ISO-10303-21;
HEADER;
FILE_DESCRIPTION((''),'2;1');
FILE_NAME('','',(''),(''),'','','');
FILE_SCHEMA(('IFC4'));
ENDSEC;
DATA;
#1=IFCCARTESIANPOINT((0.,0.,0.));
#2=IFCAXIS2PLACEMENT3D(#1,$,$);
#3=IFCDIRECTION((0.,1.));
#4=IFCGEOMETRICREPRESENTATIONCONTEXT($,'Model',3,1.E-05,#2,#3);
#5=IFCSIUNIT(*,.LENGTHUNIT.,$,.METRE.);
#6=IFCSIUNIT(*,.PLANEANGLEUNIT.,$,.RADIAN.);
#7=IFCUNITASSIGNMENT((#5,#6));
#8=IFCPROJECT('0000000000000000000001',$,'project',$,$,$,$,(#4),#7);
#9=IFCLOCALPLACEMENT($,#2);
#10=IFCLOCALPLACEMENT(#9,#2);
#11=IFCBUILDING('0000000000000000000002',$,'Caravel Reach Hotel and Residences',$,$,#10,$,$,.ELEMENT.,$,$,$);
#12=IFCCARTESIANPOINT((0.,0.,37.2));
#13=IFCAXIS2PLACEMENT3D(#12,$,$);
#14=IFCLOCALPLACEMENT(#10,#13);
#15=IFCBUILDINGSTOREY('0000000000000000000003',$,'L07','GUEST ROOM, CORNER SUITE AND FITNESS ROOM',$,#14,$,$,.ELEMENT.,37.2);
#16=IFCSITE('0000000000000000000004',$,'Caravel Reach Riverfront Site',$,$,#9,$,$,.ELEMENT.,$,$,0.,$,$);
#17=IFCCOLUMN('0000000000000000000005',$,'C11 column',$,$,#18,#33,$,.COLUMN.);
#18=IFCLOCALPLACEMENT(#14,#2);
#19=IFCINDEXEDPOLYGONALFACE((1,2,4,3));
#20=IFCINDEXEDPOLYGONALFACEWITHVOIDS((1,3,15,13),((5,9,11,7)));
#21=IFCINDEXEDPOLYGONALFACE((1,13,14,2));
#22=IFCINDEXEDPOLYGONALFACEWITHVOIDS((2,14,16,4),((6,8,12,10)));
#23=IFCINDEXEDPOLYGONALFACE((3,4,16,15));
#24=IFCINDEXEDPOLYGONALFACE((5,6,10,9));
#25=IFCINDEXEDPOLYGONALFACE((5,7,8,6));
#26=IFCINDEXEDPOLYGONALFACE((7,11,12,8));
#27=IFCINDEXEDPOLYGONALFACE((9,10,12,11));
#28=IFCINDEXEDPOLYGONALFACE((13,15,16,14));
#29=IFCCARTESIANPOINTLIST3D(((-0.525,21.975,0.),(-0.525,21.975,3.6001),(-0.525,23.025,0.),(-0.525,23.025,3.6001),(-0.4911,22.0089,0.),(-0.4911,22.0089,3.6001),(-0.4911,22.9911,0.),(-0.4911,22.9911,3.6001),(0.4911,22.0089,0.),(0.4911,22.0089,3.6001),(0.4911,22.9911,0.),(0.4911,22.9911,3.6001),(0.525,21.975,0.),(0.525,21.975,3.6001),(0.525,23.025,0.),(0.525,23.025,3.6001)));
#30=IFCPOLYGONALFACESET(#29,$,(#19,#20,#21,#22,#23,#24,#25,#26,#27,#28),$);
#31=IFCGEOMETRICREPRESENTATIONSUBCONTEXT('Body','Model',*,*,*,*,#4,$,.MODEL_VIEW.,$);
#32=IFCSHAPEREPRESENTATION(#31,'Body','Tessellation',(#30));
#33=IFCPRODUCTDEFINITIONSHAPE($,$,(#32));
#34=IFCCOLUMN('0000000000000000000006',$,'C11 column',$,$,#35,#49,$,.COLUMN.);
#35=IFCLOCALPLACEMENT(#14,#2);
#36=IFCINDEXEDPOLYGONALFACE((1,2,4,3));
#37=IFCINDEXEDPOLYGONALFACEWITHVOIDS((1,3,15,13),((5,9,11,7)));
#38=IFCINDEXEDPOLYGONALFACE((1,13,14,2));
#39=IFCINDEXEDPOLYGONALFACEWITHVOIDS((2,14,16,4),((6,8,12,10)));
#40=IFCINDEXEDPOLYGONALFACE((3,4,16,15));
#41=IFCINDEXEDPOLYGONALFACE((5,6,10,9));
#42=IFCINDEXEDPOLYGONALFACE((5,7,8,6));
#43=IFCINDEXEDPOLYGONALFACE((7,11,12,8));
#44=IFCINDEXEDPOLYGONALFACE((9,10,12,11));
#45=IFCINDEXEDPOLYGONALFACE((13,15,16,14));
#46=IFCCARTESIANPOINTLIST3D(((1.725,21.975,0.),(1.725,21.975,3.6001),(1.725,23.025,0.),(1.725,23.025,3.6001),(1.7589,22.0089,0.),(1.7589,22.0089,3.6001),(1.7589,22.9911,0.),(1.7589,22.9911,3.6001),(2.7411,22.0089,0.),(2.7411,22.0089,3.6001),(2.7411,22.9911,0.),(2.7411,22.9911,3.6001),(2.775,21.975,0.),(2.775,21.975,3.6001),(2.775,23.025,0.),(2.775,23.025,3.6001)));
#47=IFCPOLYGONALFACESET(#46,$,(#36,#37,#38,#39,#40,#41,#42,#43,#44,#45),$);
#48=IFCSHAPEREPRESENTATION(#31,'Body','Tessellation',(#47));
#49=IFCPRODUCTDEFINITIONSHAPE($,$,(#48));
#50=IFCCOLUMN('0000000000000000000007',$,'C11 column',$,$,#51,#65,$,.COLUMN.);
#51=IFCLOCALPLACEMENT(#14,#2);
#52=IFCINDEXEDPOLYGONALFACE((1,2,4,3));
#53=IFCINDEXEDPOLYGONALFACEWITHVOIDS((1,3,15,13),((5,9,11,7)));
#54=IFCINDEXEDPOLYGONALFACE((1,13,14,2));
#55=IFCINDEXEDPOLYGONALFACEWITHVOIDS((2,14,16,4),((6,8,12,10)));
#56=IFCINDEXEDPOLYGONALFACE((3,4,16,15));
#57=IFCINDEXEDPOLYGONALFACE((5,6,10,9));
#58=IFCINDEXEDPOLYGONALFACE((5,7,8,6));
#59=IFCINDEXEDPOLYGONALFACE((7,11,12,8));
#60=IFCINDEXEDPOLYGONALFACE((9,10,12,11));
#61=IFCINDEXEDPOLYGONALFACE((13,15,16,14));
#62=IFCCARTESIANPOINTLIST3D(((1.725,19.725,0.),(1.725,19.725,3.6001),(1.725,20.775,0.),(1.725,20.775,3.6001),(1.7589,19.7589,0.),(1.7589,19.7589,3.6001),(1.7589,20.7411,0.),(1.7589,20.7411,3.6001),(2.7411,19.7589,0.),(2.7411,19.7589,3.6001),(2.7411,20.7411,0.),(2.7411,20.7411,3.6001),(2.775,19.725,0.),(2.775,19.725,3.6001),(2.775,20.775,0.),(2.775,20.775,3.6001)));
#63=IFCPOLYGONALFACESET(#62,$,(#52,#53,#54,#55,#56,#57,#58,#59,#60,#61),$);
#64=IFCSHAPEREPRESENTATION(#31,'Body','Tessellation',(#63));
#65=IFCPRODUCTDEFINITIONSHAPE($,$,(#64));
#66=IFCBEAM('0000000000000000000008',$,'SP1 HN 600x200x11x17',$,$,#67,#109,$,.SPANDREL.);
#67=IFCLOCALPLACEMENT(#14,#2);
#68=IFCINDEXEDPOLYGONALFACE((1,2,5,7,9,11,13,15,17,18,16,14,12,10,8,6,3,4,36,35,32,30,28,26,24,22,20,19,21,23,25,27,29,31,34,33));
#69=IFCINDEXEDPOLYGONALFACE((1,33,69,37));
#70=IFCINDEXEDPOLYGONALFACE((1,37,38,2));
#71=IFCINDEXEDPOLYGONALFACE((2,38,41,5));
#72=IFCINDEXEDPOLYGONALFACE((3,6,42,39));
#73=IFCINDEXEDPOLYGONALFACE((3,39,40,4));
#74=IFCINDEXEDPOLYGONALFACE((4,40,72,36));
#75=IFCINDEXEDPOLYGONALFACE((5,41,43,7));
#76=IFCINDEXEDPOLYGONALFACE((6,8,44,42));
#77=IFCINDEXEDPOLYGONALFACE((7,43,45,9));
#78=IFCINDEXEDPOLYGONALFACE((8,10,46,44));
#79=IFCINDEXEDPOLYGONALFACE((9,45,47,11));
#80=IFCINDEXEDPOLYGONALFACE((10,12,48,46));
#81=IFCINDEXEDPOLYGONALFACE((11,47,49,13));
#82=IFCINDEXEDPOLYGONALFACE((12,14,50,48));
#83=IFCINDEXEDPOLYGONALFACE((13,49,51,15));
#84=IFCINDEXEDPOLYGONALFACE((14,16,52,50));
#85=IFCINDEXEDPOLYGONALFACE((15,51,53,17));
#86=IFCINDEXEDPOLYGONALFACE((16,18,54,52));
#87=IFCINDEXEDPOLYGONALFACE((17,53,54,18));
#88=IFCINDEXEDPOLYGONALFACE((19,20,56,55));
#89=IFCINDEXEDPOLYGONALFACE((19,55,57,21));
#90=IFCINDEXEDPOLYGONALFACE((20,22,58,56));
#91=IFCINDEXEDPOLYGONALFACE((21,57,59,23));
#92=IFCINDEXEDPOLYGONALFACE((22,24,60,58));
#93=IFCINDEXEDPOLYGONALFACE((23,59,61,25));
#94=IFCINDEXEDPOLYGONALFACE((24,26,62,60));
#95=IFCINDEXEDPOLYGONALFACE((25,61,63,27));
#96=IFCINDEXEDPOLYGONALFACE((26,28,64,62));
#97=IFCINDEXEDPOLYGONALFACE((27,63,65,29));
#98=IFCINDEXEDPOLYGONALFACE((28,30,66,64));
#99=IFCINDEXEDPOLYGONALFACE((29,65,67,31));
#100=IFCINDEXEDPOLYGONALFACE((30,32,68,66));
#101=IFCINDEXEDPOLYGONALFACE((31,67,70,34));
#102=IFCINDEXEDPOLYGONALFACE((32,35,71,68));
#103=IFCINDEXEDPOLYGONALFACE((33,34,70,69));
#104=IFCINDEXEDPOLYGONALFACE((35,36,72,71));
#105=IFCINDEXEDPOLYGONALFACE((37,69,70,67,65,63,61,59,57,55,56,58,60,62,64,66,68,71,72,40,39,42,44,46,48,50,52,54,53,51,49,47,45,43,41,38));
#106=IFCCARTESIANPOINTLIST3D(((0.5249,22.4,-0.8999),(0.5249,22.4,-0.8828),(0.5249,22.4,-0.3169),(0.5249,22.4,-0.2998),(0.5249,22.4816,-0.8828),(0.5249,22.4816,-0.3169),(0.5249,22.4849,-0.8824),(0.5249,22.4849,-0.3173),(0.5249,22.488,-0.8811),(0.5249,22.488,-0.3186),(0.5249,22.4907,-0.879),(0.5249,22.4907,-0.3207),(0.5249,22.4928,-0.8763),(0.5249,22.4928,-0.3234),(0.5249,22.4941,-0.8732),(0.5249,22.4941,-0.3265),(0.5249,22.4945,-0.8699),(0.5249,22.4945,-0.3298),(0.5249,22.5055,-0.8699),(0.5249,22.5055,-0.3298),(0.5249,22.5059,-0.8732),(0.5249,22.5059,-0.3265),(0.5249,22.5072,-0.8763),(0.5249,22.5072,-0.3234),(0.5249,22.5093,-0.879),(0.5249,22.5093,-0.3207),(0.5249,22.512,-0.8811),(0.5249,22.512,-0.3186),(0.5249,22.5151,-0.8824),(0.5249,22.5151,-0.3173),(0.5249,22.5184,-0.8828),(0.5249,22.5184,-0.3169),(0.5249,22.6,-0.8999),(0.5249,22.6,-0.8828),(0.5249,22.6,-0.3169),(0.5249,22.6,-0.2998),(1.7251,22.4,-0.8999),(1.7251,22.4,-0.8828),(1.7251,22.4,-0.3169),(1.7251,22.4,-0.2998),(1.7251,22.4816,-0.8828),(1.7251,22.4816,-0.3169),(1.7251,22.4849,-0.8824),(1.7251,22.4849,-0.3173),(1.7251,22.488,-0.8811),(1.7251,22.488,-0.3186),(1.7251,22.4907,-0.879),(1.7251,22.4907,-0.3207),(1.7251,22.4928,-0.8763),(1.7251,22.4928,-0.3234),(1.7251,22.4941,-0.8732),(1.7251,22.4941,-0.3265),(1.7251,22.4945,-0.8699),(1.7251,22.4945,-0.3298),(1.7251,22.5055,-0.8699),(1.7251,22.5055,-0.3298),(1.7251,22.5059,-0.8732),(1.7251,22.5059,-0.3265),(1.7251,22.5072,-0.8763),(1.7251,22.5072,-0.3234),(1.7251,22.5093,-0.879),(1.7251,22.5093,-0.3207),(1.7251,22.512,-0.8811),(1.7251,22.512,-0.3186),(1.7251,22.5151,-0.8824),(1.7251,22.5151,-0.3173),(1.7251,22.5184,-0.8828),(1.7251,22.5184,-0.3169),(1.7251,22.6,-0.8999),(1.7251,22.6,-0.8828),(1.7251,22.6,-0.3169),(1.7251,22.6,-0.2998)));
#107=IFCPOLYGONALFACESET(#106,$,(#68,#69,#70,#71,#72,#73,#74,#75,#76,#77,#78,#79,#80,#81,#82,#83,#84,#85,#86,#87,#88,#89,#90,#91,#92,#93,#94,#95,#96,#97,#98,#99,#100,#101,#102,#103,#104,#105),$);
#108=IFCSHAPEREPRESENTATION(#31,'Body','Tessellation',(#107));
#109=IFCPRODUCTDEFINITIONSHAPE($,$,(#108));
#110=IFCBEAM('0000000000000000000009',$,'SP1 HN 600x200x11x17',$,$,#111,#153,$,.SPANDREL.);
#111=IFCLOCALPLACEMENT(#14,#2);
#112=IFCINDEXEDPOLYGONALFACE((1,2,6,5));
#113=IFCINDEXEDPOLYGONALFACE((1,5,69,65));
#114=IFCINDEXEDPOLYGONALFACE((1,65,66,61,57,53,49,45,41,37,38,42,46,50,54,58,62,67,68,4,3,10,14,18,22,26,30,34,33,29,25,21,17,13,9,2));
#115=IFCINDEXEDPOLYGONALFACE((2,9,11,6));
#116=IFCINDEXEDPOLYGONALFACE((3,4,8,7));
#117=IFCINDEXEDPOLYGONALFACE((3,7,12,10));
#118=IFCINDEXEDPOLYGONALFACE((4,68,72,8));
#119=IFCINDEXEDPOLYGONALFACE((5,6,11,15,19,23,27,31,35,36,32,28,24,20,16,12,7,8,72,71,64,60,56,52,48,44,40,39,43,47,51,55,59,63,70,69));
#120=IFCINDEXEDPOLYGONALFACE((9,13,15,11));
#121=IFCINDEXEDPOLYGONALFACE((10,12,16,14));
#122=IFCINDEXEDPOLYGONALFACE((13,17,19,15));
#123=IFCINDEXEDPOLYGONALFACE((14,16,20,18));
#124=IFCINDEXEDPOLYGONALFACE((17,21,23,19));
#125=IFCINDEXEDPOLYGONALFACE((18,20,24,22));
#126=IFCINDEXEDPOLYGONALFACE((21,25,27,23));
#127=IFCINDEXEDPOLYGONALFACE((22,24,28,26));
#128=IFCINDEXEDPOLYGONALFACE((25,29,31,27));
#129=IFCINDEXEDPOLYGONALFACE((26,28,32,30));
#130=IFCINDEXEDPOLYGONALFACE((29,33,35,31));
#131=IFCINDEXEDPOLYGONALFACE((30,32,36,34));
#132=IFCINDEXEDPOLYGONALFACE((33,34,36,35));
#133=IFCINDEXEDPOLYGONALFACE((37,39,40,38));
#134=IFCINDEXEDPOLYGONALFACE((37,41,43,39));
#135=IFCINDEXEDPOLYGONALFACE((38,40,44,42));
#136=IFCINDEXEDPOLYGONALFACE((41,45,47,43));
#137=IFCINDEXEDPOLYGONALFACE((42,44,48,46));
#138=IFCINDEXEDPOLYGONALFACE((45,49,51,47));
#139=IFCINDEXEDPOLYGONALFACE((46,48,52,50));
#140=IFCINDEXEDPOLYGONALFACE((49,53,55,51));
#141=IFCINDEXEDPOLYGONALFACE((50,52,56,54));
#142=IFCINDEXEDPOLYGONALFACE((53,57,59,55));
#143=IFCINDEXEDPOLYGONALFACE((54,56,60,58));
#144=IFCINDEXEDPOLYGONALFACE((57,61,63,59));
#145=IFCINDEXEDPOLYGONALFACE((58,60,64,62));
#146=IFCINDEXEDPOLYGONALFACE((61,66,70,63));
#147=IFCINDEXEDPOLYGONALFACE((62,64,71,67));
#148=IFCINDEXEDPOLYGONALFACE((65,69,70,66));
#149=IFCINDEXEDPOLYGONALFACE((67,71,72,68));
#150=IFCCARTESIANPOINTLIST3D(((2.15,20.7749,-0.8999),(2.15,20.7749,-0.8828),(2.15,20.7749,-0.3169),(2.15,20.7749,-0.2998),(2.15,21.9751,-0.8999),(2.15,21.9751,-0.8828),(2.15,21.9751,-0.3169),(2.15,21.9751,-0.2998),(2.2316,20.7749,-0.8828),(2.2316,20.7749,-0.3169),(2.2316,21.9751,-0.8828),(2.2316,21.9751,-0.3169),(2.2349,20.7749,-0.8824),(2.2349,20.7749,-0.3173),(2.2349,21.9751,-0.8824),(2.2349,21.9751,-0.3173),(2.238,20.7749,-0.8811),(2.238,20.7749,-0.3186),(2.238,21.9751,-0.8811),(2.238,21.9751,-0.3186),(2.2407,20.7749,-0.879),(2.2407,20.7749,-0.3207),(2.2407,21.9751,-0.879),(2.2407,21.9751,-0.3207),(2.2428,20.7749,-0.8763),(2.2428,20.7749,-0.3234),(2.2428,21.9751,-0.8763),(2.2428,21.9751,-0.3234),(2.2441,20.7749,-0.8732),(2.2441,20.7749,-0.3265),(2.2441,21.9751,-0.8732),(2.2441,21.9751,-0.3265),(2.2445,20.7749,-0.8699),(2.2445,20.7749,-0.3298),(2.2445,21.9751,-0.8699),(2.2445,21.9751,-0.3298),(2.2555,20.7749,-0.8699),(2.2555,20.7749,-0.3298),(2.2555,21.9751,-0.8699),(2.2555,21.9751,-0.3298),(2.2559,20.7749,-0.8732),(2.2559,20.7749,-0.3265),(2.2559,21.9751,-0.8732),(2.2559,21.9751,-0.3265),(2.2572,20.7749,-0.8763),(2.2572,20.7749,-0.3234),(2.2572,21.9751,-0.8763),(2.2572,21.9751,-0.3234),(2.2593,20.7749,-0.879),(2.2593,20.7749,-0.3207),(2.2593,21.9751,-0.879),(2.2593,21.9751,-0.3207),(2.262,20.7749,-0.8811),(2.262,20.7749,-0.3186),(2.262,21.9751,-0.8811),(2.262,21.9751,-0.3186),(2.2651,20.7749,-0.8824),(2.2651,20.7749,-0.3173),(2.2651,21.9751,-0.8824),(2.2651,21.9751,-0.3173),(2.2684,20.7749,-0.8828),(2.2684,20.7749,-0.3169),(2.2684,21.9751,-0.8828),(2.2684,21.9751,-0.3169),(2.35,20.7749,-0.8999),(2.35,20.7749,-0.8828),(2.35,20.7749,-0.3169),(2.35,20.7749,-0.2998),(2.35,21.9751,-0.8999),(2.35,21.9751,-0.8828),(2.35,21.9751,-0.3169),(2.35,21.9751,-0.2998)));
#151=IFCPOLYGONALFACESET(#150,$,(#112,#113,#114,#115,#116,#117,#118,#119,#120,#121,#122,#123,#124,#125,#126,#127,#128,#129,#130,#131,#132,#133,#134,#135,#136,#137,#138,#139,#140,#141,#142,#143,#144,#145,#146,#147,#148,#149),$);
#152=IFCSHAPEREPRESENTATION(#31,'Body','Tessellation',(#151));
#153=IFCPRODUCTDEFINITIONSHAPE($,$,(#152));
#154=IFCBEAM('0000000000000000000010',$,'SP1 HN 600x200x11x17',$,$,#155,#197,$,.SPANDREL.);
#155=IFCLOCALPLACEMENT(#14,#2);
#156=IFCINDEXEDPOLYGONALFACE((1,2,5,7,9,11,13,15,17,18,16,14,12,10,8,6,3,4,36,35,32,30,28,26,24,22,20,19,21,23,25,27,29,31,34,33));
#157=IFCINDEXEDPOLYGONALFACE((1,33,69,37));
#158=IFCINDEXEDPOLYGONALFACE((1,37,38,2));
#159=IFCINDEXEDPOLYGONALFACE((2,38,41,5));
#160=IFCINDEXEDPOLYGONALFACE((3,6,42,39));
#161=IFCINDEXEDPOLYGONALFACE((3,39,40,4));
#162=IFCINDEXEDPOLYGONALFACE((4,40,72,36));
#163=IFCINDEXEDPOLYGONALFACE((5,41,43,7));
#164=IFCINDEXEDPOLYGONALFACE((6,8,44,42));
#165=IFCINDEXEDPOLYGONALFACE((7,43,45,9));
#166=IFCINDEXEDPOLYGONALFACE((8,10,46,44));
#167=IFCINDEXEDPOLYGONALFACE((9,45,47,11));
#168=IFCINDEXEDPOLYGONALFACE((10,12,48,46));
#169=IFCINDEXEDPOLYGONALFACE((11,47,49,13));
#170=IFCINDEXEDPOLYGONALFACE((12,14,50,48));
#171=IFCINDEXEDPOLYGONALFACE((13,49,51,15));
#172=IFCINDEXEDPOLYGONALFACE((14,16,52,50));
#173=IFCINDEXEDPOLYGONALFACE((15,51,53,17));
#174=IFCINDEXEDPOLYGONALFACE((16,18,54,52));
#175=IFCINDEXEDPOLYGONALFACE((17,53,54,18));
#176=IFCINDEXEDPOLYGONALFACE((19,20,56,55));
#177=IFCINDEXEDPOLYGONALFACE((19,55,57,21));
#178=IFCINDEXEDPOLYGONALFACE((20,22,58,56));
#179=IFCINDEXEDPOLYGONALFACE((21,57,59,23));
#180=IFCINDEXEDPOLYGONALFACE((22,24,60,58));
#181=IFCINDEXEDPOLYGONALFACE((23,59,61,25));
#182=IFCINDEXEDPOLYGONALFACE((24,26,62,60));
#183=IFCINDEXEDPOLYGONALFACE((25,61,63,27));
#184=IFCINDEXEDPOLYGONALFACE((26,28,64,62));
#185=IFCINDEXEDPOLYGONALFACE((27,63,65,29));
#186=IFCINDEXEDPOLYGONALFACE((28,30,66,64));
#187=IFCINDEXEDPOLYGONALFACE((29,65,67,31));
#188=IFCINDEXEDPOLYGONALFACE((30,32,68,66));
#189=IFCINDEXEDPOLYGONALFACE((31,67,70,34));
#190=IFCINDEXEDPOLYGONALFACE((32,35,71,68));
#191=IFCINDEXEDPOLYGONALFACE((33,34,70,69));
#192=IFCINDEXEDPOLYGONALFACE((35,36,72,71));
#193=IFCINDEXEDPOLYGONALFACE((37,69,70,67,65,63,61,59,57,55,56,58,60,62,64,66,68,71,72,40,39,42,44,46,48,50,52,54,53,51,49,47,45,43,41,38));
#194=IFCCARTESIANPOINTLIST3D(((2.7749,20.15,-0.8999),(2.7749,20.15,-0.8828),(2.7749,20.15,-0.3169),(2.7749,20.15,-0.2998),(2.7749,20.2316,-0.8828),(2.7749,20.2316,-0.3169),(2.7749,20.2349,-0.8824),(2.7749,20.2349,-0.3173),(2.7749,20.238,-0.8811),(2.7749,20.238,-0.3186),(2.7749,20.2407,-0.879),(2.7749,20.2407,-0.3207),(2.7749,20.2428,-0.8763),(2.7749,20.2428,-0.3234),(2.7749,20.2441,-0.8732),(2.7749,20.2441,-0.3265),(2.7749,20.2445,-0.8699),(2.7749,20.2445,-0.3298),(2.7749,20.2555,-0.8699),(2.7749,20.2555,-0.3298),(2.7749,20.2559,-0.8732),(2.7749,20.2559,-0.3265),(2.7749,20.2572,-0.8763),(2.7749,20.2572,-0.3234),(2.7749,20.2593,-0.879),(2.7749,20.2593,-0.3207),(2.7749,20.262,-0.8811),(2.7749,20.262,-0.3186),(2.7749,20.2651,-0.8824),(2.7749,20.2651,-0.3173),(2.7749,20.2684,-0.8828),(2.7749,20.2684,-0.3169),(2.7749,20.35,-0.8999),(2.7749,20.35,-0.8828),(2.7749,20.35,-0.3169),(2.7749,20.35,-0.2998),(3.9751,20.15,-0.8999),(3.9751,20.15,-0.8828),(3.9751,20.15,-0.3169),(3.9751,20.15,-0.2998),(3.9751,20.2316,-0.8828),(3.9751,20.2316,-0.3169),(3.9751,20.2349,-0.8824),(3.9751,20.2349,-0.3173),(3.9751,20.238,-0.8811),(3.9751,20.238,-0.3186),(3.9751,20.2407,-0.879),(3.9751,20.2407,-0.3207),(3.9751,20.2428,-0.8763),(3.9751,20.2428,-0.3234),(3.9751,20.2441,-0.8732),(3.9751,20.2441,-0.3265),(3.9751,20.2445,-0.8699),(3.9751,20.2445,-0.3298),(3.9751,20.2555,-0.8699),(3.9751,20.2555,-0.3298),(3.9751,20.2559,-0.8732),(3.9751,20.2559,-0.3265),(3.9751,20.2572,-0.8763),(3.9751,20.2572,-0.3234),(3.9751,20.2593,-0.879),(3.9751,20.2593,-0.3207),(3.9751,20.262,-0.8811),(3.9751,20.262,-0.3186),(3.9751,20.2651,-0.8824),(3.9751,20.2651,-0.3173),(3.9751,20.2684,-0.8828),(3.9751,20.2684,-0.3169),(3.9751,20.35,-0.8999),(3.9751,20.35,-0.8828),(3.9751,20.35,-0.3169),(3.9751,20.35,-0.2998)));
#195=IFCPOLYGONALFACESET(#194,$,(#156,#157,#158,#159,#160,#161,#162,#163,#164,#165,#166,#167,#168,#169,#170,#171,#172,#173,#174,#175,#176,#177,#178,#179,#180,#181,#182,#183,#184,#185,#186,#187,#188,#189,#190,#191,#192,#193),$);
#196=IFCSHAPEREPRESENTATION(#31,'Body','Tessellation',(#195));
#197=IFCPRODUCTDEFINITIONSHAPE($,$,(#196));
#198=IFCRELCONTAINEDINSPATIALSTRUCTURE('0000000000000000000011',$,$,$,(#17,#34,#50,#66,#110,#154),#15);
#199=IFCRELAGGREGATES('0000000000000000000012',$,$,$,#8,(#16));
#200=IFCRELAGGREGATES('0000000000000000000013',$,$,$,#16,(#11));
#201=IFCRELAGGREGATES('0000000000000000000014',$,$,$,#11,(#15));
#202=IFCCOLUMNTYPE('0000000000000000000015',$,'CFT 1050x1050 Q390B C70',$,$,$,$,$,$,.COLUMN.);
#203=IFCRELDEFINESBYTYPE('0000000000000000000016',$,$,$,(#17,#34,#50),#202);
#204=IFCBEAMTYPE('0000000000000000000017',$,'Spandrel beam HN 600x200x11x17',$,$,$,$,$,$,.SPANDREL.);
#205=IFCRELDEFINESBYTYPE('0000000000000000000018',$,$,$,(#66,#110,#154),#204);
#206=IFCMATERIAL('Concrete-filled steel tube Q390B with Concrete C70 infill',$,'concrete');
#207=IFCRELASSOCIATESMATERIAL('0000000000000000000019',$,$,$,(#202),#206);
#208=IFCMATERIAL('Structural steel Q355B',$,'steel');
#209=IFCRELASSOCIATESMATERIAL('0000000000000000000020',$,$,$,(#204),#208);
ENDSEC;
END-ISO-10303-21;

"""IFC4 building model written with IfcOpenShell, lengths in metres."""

from ifc_helpers import new_model, si_unit, direction, frame, origin, origin_2d, place, context, subcontext, project, spatial, hollow_rectangle, i_section, extrude, material, material_profile, profile_set, type_object, element, save


model = new_model("IFC4")

# Units and contexts
model_context = context("Model", 3, precision=1e-05, world=origin(), true_north=direction((0.0, 1.0)))
body_context = subcontext(model_context, "Body", "Model", "MODEL_VIEW")
ifc_project = project(units=[si_unit("LENGTHUNIT", "METRE"), si_unit("PLANEANGLEUNIT", "RADIAN")], contexts=[model_context])

# Site, building, storey
site_placement = place(None, origin())
site = spatial("IfcSite", under=ifc_project, at=site_placement, Name="Caravel Reach Riverfront Site", CompositionType="ELEMENT", RefElevation=0.0)
building_placement = place(site_placement, origin())
building = spatial("IfcBuilding", under=site, at=building_placement, Name="Caravel Reach Hotel and Residences", CompositionType="ELEMENT")
storey_placement = place(building_placement, frame((0.0, 0.0, 37.2)))
storey = spatial("IfcBuildingStorey", under=building, at=storey_placement, Name="L07", Description="GUEST ROOM, CORNER SUITE AND FITNESS ROOM", CompositionType="ELEMENT", Elevation=37.2)

# Columns
ifc_material_1 = material(Name="Concrete-filled steel tube Q390B with Concrete C70 infill", Category="concrete")
ifc_material_profile_1 = material_profile(ifc_material_1, hollow_rectangle(XDim=1.05, YDim=1.05, WallThickness=0.0339, at=origin_2d()), Name="RHS 1050x1050x34")
ifc_profile_set_1 = profile_set([ifc_material_profile_1], Name="Concrete-filled steel tube Q390B with Concrete C70 infill")
column_type = type_object("IfcColumnType", Name="CFT 1050x1050 Q390B C70", PredefinedType="COLUMN", material=ifc_profile_set_1)
for number, where, z_axis, x_axis, name in (
    (1, (0.0, 22.5, 0.0), (0.0, 0.0, 1.0), (1.0, 0.0, 0.0), "C11 column"),
    (2, (2.25, 22.5, 0.0), (0.0, 0.0, 1.0), (1.0, 0.0, 0.0), "C11 column"),
    (3, (2.25, 20.25, 0.0), (0.0, 0.0, 1.0), (1.0, 0.0, 0.0), "C11 column"),
):
    element("IfcColumn", number, at=place(storey_placement, frame(where, z_axis=z_axis, x_axis=x_axis)), inside=storey, type_object=column_type, Name=name, PredefinedType="COLUMN", context=body_context, shape_type="SweptSolid", body=[
        extrude(hollow_rectangle(XDim=1.05, YDim=1.05, WallThickness=0.0339, at=origin_2d()), origin(), (0.0, 0.0, 1.0), 3.6001),
    ])

# Beams
ifc_material_2 = material(Name="Structural steel Q355B", Category="steel")
ifc_material_profile_2 = material_profile(ifc_material_2, i_section(OverallWidth=0.2, OverallDepth=0.6001, WebThickness=0.011, FlangeThickness=0.0171, FilletRadius=0.0129, at=origin_2d()), Name="HN 600x200x11x17")
ifc_profile_set_2 = profile_set([ifc_material_profile_2], Name="Structural steel Q355B")
beam_type = type_object("IfcBeamType", Name="Spandrel beam HN 600x200x11x17", PredefinedType="SPANDREL", material=ifc_profile_set_2)
for number, where, z_axis, x_axis, name in (
    (4, (0.5249, 22.5, -0.5999), (1.0, 0.0, 0.0), (0.0, 1.0, 0.0), "SP1 HN 600x200x11x17"),
    (5, (2.25, 21.9751, -0.5999), (0.0, -1.0, 0.0), (1.0, 0.0, 0.0), "SP1 HN 600x200x11x17"),
    (6, (2.7749, 20.25, -0.5999), (1.0, 0.0, 0.0), (0.0, 1.0, 0.0), "SP1 HN 600x200x11x17"),
):
    element("IfcBeam", number, at=place(storey_placement, frame(where, z_axis=z_axis, x_axis=x_axis)), inside=storey, type_object=beam_type, Name=name, PredefinedType="SPANDREL", context=body_context, shape_type="SweptSolid", body=[
        extrude(i_section(OverallWidth=0.2, OverallDepth=0.6001, WebThickness=0.011, FlangeThickness=0.0171, FilletRadius=0.0129, at=origin_2d()), origin(), (0.0, 0.0, 1.0), 1.2002),
    ])

save(model, "model.ifc")
